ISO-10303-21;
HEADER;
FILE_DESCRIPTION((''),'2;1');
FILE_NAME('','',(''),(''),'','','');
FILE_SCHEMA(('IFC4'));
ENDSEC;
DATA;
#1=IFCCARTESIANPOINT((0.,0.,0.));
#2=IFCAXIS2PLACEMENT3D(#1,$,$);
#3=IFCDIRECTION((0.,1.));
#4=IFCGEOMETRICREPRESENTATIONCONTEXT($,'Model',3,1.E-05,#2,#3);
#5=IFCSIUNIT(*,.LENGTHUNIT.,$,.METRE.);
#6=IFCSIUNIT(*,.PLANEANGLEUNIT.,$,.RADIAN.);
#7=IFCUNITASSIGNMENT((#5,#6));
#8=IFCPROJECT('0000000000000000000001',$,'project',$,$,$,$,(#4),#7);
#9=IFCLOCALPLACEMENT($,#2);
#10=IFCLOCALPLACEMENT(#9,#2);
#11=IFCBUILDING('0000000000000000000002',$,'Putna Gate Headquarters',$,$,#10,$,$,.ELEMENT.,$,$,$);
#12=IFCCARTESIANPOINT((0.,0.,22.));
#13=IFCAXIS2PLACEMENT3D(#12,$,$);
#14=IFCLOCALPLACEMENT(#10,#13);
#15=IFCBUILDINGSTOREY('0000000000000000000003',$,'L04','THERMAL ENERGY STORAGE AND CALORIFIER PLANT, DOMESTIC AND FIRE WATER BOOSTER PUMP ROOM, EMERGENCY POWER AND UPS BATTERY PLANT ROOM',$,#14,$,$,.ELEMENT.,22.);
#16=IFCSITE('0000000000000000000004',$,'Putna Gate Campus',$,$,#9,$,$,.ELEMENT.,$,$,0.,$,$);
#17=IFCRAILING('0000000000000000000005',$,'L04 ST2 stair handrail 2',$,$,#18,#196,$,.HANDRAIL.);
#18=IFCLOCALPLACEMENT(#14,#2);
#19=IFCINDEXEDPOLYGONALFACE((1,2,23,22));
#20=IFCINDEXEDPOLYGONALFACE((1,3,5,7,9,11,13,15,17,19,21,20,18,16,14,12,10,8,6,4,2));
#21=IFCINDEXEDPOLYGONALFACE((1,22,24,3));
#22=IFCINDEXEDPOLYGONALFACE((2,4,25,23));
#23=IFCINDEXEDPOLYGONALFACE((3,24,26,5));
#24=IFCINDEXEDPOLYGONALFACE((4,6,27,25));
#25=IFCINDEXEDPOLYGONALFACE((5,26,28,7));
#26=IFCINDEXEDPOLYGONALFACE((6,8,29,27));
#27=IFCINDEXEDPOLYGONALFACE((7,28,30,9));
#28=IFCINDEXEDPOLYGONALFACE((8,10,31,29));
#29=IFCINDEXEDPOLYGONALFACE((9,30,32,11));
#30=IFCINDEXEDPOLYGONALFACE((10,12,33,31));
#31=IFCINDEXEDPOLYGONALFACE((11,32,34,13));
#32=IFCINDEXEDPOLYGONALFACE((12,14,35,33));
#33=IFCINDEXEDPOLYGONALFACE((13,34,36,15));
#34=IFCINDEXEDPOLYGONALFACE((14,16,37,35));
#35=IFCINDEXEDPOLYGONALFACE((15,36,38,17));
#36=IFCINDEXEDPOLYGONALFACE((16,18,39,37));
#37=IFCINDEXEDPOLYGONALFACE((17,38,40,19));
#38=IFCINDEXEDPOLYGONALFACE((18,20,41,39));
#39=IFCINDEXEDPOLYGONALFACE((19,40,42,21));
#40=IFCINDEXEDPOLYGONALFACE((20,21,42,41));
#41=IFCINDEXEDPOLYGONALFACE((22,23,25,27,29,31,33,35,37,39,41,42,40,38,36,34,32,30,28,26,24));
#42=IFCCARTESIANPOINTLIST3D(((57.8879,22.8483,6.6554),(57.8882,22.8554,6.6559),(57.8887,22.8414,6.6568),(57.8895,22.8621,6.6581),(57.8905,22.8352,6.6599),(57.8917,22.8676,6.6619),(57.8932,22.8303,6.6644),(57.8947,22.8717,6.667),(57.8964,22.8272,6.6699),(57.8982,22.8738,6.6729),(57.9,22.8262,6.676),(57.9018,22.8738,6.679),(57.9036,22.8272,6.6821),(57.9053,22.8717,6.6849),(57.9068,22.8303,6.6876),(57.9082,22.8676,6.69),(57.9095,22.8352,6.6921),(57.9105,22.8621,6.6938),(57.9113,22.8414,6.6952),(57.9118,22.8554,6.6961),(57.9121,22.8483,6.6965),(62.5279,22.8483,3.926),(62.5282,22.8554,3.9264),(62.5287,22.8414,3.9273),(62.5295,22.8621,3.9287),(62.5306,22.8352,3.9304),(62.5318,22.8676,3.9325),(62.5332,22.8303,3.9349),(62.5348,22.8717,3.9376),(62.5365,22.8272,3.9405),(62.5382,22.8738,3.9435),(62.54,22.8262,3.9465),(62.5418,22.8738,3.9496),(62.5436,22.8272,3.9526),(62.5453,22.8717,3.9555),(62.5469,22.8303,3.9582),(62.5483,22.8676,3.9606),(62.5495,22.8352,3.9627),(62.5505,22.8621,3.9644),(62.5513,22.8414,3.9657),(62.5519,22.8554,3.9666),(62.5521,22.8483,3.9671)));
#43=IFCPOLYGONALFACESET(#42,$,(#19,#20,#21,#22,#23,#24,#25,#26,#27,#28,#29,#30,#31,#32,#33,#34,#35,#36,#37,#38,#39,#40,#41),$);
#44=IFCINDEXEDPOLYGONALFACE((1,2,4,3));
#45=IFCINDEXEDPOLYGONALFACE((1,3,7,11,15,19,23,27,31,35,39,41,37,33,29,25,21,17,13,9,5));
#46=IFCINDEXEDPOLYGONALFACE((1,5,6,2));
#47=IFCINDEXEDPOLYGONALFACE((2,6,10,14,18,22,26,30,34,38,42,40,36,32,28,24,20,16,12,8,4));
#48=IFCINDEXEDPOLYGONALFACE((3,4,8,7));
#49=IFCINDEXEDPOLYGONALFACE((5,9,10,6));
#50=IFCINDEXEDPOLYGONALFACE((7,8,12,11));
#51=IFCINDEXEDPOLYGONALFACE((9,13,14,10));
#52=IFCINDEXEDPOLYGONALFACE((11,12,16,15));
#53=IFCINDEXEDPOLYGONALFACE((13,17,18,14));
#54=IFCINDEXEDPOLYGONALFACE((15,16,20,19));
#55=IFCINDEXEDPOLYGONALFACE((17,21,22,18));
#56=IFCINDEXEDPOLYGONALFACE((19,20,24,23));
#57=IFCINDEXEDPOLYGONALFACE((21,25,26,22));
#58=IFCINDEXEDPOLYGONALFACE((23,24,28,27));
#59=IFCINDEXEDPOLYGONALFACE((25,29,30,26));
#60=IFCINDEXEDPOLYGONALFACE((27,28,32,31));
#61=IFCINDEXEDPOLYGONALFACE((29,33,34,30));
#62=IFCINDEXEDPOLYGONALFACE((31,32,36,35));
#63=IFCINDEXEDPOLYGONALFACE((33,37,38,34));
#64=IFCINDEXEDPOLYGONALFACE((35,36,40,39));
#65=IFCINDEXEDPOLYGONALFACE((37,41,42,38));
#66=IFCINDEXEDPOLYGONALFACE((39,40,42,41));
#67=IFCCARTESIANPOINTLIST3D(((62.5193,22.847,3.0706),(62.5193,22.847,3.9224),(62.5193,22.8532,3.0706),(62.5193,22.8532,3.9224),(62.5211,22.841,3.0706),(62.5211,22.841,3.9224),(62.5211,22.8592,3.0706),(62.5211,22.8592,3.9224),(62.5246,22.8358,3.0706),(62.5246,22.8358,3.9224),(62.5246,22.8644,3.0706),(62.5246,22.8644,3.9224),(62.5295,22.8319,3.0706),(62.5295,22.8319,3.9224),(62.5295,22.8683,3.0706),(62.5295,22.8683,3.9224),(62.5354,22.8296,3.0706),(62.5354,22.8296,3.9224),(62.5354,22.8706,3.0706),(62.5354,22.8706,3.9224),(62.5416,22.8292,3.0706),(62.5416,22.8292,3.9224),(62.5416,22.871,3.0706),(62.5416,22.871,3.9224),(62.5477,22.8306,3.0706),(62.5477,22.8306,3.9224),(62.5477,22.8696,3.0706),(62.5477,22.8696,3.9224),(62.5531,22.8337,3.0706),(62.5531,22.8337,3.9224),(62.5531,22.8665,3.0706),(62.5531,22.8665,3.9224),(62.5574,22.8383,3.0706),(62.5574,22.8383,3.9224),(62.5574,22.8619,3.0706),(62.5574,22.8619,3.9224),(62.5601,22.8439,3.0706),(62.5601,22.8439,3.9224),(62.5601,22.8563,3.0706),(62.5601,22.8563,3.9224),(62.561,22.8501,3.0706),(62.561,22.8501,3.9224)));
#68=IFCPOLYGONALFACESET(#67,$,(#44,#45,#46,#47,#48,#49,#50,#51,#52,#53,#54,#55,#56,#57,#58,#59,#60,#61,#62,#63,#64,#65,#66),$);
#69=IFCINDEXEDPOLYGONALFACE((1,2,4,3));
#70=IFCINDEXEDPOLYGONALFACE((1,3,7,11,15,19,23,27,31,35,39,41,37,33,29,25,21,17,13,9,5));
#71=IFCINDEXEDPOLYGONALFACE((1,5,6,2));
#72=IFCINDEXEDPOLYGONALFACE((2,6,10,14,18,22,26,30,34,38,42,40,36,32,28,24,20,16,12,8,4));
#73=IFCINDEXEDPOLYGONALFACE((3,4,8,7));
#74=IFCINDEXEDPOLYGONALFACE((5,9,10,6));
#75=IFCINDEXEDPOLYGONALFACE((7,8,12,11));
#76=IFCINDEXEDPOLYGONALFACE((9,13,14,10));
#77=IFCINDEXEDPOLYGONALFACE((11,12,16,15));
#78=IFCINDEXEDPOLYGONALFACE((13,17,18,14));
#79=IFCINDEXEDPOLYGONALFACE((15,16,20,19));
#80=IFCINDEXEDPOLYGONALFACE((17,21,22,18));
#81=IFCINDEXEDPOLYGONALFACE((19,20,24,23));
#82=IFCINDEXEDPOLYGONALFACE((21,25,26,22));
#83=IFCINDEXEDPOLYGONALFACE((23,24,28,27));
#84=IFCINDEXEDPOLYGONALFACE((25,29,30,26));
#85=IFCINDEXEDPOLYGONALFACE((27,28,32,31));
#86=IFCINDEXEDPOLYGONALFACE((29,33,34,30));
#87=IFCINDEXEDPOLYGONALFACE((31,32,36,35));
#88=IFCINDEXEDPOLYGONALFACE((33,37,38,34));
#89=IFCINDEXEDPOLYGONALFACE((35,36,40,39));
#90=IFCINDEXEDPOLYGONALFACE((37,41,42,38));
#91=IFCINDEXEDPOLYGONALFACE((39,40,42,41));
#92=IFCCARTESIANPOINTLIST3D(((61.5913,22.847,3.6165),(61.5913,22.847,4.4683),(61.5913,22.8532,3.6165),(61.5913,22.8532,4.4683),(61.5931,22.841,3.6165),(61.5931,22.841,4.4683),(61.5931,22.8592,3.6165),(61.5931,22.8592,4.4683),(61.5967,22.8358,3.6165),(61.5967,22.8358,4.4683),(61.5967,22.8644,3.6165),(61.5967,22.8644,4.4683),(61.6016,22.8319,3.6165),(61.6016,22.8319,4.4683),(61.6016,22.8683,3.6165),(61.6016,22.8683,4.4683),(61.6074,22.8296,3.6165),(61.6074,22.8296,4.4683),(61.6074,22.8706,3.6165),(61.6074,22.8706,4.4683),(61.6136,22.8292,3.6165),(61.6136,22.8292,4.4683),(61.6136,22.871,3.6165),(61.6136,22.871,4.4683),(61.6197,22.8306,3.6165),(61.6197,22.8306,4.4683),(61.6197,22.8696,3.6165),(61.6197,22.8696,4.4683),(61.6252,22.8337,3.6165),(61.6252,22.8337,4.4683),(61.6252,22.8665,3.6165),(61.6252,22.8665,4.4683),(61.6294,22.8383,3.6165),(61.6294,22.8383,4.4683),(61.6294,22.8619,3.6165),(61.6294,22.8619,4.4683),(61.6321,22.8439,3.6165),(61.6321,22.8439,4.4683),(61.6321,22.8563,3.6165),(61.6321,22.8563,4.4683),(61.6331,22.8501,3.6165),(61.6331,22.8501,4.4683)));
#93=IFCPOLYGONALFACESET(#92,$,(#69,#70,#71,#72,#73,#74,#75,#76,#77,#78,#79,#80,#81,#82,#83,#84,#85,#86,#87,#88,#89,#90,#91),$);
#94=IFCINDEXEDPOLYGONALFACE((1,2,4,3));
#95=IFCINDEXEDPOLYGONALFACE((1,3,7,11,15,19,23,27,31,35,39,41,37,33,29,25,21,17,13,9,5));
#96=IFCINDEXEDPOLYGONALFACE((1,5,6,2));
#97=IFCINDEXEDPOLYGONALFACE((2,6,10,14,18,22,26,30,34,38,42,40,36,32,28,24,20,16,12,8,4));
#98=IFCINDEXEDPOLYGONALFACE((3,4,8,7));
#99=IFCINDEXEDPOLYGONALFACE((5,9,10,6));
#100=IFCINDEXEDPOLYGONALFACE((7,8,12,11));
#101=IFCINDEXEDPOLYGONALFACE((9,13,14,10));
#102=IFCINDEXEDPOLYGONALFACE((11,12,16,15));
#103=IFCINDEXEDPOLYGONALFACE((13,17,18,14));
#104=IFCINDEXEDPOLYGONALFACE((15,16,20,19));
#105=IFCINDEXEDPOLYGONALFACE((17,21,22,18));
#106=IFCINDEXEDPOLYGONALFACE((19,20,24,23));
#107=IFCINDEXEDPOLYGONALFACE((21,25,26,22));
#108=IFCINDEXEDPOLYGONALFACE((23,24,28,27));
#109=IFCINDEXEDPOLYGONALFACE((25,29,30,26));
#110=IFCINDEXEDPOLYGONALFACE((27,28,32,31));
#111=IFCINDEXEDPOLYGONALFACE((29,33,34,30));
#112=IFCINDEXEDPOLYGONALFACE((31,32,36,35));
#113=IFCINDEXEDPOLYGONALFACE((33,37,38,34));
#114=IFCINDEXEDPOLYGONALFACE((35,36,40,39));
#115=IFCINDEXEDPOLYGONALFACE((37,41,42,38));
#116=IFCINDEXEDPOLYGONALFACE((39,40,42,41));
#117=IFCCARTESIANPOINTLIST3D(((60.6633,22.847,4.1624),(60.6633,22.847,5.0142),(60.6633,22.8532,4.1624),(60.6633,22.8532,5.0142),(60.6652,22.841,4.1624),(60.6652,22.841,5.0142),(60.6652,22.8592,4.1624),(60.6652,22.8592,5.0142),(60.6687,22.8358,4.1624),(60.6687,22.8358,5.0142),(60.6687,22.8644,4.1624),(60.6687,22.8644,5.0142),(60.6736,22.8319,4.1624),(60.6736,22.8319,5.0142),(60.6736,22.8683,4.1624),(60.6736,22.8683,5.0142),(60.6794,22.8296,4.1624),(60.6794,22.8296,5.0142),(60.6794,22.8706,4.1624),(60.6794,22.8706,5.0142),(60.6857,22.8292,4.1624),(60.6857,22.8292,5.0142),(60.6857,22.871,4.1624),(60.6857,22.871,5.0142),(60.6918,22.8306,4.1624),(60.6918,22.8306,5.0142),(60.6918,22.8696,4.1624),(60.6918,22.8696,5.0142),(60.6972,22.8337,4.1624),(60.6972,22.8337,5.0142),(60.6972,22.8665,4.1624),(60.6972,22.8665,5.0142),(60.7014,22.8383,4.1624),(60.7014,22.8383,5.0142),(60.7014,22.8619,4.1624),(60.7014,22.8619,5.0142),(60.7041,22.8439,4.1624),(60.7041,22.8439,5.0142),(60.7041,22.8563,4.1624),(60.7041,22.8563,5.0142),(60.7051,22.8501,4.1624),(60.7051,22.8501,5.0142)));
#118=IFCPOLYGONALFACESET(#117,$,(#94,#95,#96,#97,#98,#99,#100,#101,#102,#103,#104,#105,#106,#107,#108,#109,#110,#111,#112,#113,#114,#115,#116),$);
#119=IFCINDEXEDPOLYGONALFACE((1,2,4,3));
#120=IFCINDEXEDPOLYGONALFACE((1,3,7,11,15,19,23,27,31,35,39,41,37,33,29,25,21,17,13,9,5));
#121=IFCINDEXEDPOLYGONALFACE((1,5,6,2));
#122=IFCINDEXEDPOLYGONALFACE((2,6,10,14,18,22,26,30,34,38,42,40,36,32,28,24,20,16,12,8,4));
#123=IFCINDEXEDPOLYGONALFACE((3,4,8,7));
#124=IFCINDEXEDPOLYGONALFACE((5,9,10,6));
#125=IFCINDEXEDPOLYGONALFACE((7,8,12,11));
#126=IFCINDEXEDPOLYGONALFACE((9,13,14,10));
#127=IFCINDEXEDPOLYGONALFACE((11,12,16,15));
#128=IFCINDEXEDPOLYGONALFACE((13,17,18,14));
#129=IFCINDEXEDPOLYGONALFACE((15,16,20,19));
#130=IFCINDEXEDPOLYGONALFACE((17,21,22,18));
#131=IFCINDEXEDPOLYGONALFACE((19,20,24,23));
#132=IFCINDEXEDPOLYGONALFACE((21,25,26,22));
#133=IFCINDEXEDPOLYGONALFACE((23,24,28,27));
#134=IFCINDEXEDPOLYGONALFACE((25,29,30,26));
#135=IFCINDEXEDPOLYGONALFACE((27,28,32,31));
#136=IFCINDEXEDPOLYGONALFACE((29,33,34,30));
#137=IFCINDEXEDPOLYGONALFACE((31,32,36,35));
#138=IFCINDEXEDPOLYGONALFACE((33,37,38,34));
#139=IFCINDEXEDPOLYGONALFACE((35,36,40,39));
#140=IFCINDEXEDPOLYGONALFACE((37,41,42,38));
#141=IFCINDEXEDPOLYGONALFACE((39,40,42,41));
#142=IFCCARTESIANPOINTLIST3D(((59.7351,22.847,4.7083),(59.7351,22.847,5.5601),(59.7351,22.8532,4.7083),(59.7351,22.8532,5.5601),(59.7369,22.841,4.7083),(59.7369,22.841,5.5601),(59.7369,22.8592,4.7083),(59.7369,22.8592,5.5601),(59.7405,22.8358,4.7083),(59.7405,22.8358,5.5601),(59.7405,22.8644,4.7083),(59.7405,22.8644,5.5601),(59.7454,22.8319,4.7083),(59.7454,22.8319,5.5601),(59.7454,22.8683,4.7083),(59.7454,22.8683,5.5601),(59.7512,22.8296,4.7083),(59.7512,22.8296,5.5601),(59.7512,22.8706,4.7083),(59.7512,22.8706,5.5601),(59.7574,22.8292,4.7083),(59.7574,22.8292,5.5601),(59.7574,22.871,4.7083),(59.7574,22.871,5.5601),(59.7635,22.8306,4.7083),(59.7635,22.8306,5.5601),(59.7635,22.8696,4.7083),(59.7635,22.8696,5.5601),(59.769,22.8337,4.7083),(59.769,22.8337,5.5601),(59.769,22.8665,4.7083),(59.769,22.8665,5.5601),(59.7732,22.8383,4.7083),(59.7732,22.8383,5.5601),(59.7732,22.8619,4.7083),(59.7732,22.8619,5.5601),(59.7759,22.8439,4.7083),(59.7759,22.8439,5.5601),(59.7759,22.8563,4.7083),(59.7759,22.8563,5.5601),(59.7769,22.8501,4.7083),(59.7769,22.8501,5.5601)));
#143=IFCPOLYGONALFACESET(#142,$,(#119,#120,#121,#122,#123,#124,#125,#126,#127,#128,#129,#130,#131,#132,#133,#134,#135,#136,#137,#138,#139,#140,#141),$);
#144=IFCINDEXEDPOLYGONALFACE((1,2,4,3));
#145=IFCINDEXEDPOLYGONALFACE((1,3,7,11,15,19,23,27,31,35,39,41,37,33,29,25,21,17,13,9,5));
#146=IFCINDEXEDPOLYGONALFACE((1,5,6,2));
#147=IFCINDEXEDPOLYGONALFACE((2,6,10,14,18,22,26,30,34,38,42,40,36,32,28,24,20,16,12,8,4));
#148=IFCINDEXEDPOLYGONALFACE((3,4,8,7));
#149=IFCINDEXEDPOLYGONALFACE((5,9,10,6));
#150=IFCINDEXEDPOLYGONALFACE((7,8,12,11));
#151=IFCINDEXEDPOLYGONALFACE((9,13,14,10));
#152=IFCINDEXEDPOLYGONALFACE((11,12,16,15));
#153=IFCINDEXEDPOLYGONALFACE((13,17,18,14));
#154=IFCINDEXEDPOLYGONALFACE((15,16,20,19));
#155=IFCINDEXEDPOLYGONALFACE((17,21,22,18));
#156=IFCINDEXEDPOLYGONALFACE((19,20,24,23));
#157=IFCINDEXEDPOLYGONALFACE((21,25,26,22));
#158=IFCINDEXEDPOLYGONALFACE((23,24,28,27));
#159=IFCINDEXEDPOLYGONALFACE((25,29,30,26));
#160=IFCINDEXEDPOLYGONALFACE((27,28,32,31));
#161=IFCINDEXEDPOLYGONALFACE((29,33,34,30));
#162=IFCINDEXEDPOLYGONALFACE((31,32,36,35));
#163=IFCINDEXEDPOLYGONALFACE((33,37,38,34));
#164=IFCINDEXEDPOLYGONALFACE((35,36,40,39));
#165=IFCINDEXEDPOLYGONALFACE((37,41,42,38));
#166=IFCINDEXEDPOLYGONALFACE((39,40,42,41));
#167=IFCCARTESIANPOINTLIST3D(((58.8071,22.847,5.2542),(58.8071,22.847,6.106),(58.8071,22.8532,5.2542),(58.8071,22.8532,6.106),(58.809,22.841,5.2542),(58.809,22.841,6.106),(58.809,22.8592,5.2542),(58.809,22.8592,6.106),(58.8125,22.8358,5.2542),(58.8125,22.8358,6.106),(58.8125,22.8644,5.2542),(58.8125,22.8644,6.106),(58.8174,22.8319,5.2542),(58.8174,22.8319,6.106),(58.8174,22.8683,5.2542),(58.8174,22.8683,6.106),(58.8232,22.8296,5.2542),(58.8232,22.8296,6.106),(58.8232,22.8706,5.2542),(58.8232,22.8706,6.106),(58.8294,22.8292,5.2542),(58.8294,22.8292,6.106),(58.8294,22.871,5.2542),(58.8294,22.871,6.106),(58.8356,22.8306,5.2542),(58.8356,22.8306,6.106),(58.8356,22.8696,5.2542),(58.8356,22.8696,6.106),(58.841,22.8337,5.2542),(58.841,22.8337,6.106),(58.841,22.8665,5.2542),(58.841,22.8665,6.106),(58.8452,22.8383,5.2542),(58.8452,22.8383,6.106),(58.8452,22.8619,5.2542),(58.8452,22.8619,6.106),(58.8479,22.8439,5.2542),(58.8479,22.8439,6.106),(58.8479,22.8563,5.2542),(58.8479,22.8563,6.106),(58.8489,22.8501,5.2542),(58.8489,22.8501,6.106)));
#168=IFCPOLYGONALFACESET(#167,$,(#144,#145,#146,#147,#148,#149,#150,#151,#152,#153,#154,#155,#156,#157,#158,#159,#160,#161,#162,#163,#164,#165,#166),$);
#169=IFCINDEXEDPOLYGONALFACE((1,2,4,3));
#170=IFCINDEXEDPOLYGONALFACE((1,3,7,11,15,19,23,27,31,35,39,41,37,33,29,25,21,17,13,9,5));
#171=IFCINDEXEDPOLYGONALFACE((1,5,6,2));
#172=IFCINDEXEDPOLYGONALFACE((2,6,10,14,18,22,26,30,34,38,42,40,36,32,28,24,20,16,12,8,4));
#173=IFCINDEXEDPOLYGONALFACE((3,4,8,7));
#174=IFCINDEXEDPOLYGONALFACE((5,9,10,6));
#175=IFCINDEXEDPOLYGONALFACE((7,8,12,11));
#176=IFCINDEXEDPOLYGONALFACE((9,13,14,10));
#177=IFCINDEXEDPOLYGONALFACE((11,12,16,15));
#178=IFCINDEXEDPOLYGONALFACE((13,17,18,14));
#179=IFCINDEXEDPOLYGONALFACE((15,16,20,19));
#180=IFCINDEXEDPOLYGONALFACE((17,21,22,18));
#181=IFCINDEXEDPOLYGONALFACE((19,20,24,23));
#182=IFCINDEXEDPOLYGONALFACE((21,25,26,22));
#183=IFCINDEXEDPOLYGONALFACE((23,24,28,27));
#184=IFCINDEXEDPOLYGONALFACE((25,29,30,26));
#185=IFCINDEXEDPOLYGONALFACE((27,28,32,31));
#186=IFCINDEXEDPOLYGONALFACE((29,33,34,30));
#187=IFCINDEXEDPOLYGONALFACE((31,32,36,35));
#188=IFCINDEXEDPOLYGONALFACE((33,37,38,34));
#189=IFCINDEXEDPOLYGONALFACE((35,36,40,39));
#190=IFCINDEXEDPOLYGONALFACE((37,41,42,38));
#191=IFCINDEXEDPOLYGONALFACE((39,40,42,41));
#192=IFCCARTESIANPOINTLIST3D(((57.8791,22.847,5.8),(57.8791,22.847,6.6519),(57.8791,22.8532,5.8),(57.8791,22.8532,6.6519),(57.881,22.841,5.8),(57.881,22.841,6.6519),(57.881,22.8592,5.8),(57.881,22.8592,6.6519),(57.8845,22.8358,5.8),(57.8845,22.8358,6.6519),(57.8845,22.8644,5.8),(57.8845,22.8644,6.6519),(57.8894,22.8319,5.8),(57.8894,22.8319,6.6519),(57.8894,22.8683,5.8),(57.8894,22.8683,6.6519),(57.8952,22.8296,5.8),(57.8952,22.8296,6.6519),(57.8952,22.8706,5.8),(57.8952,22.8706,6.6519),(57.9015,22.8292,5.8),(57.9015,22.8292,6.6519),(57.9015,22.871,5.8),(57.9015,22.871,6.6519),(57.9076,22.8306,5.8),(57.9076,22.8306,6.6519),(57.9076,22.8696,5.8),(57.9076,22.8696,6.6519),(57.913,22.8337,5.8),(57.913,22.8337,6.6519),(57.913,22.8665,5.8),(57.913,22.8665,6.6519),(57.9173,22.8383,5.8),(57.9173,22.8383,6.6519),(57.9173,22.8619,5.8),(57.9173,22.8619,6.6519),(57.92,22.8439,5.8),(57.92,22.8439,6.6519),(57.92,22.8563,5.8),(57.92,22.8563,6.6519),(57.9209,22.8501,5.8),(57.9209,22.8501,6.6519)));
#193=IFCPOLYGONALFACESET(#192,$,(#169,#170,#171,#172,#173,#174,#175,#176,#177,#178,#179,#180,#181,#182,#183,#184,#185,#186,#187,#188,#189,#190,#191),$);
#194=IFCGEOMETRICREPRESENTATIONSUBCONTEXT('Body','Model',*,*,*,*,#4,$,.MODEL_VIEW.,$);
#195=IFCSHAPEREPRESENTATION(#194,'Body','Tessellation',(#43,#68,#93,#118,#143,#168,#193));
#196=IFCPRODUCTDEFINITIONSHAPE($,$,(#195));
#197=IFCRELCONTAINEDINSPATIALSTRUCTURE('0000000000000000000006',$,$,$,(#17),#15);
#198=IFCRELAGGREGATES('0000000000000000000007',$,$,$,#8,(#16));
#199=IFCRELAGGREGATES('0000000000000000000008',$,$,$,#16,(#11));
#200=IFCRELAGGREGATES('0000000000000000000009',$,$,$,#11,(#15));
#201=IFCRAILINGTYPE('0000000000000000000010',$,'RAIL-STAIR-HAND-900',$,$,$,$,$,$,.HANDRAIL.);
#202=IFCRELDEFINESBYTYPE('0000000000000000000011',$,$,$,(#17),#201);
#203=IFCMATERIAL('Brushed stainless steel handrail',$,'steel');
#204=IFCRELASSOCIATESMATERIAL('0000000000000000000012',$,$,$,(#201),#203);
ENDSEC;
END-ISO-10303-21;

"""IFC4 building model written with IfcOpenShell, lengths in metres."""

from ifc_helpers import new_model, si_unit, direction, frame, origin, origin_2d, place, context, subcontext, project, spatial, circle, extrude, material, type_object, element, save


model = new_model("IFC4")

# Units and contexts
model_context = context("Model", 3, precision=1e-05, world=origin(), true_north=direction((0.0, 1.0)))
body_context = subcontext(model_context, "Body", "Model", "MODEL_VIEW")
ifc_project = project(units=[si_unit("LENGTHUNIT", "METRE"), si_unit("PLANEANGLEUNIT", "RADIAN")], contexts=[model_context])

# Site, building, storey
site_placement = place(None, origin())
site = spatial("IfcSite", under=ifc_project, at=site_placement, Name="Putna Gate Campus", CompositionType="ELEMENT", RefElevation=0.0)
building_placement = place(site_placement, origin())
building = spatial("IfcBuilding", under=site, at=building_placement, Name="Putna Gate Headquarters", CompositionType="ELEMENT")
storey_placement = place(building_placement, frame((0.0, 0.0, 22.0)))
storey = spatial("IfcBuildingStorey", under=building, at=storey_placement, Name="L04", Description="THERMAL ENERGY STORAGE AND CALORIFIER PLANT, DOMESTIC AND FIRE WATER BOOSTER PUMP ROOM, EMERGENCY POWER AND UPS BATTERY PLANT ROOM", CompositionType="ELEMENT", Elevation=22.0)

# Railing
ifc_material_1 = material(Name="Brushed stainless steel handrail", Category="steel")
railing_type = type_object("IfcRailingType", Name="RAIL-STAIR-HAND-900", PredefinedType="HANDRAIL", material=ifc_material_1)
railing_placement = place(storey_placement, frame((62.54, 22.8501, 3.0706)))
element("IfcRailing", 1, at=railing_placement, inside=storey, type_object=railing_type, Name="L04 ST2 stair handrail 2", PredefinedType="HANDRAIL", context=body_context, shape_type="SweptSolid", body=[
    extrude(circle(Radius=0.0239, at=origin_2d()), frame((0.0, 0.0, 0.876), z_axis=(-0.861934, 0.0, 0.50702), x_axis=(0.0, -1.0, 0.0)), (0.0, 0.0, 1.0), 5.3833),
    extrude(circle(Radius=0.021, at=origin_2d()), origin(), (0.0, 0.0, 1.0), 0.8518),
    extrude(circle(Radius=0.021, at=origin_2d()), frame((-0.928, 0.0, 0.5459)), (0.0, 0.0, 1.0), 0.8518),
    extrude(circle(Radius=0.021, at=origin_2d()), frame((-1.856, 0.0, 1.0918)), (0.0, 0.0, 1.0), 0.8518),
    extrude(circle(Radius=0.021, at=origin_2d()), frame((-2.7842, 0.0, 1.6377)), (0.0, 0.0, 1.0), 0.8518),
    extrude(circle(Radius=0.021, at=origin_2d()), frame((-3.7122, 0.0, 2.1836)), (0.0, 0.0, 1.0), 0.8518),
    extrude(circle(Radius=0.021, at=origin_2d()), frame((-4.6401, 0.0, 2.7295)), (0.0, 0.0, 1.0), 0.8518),
])

save(model, "model.ifc")
